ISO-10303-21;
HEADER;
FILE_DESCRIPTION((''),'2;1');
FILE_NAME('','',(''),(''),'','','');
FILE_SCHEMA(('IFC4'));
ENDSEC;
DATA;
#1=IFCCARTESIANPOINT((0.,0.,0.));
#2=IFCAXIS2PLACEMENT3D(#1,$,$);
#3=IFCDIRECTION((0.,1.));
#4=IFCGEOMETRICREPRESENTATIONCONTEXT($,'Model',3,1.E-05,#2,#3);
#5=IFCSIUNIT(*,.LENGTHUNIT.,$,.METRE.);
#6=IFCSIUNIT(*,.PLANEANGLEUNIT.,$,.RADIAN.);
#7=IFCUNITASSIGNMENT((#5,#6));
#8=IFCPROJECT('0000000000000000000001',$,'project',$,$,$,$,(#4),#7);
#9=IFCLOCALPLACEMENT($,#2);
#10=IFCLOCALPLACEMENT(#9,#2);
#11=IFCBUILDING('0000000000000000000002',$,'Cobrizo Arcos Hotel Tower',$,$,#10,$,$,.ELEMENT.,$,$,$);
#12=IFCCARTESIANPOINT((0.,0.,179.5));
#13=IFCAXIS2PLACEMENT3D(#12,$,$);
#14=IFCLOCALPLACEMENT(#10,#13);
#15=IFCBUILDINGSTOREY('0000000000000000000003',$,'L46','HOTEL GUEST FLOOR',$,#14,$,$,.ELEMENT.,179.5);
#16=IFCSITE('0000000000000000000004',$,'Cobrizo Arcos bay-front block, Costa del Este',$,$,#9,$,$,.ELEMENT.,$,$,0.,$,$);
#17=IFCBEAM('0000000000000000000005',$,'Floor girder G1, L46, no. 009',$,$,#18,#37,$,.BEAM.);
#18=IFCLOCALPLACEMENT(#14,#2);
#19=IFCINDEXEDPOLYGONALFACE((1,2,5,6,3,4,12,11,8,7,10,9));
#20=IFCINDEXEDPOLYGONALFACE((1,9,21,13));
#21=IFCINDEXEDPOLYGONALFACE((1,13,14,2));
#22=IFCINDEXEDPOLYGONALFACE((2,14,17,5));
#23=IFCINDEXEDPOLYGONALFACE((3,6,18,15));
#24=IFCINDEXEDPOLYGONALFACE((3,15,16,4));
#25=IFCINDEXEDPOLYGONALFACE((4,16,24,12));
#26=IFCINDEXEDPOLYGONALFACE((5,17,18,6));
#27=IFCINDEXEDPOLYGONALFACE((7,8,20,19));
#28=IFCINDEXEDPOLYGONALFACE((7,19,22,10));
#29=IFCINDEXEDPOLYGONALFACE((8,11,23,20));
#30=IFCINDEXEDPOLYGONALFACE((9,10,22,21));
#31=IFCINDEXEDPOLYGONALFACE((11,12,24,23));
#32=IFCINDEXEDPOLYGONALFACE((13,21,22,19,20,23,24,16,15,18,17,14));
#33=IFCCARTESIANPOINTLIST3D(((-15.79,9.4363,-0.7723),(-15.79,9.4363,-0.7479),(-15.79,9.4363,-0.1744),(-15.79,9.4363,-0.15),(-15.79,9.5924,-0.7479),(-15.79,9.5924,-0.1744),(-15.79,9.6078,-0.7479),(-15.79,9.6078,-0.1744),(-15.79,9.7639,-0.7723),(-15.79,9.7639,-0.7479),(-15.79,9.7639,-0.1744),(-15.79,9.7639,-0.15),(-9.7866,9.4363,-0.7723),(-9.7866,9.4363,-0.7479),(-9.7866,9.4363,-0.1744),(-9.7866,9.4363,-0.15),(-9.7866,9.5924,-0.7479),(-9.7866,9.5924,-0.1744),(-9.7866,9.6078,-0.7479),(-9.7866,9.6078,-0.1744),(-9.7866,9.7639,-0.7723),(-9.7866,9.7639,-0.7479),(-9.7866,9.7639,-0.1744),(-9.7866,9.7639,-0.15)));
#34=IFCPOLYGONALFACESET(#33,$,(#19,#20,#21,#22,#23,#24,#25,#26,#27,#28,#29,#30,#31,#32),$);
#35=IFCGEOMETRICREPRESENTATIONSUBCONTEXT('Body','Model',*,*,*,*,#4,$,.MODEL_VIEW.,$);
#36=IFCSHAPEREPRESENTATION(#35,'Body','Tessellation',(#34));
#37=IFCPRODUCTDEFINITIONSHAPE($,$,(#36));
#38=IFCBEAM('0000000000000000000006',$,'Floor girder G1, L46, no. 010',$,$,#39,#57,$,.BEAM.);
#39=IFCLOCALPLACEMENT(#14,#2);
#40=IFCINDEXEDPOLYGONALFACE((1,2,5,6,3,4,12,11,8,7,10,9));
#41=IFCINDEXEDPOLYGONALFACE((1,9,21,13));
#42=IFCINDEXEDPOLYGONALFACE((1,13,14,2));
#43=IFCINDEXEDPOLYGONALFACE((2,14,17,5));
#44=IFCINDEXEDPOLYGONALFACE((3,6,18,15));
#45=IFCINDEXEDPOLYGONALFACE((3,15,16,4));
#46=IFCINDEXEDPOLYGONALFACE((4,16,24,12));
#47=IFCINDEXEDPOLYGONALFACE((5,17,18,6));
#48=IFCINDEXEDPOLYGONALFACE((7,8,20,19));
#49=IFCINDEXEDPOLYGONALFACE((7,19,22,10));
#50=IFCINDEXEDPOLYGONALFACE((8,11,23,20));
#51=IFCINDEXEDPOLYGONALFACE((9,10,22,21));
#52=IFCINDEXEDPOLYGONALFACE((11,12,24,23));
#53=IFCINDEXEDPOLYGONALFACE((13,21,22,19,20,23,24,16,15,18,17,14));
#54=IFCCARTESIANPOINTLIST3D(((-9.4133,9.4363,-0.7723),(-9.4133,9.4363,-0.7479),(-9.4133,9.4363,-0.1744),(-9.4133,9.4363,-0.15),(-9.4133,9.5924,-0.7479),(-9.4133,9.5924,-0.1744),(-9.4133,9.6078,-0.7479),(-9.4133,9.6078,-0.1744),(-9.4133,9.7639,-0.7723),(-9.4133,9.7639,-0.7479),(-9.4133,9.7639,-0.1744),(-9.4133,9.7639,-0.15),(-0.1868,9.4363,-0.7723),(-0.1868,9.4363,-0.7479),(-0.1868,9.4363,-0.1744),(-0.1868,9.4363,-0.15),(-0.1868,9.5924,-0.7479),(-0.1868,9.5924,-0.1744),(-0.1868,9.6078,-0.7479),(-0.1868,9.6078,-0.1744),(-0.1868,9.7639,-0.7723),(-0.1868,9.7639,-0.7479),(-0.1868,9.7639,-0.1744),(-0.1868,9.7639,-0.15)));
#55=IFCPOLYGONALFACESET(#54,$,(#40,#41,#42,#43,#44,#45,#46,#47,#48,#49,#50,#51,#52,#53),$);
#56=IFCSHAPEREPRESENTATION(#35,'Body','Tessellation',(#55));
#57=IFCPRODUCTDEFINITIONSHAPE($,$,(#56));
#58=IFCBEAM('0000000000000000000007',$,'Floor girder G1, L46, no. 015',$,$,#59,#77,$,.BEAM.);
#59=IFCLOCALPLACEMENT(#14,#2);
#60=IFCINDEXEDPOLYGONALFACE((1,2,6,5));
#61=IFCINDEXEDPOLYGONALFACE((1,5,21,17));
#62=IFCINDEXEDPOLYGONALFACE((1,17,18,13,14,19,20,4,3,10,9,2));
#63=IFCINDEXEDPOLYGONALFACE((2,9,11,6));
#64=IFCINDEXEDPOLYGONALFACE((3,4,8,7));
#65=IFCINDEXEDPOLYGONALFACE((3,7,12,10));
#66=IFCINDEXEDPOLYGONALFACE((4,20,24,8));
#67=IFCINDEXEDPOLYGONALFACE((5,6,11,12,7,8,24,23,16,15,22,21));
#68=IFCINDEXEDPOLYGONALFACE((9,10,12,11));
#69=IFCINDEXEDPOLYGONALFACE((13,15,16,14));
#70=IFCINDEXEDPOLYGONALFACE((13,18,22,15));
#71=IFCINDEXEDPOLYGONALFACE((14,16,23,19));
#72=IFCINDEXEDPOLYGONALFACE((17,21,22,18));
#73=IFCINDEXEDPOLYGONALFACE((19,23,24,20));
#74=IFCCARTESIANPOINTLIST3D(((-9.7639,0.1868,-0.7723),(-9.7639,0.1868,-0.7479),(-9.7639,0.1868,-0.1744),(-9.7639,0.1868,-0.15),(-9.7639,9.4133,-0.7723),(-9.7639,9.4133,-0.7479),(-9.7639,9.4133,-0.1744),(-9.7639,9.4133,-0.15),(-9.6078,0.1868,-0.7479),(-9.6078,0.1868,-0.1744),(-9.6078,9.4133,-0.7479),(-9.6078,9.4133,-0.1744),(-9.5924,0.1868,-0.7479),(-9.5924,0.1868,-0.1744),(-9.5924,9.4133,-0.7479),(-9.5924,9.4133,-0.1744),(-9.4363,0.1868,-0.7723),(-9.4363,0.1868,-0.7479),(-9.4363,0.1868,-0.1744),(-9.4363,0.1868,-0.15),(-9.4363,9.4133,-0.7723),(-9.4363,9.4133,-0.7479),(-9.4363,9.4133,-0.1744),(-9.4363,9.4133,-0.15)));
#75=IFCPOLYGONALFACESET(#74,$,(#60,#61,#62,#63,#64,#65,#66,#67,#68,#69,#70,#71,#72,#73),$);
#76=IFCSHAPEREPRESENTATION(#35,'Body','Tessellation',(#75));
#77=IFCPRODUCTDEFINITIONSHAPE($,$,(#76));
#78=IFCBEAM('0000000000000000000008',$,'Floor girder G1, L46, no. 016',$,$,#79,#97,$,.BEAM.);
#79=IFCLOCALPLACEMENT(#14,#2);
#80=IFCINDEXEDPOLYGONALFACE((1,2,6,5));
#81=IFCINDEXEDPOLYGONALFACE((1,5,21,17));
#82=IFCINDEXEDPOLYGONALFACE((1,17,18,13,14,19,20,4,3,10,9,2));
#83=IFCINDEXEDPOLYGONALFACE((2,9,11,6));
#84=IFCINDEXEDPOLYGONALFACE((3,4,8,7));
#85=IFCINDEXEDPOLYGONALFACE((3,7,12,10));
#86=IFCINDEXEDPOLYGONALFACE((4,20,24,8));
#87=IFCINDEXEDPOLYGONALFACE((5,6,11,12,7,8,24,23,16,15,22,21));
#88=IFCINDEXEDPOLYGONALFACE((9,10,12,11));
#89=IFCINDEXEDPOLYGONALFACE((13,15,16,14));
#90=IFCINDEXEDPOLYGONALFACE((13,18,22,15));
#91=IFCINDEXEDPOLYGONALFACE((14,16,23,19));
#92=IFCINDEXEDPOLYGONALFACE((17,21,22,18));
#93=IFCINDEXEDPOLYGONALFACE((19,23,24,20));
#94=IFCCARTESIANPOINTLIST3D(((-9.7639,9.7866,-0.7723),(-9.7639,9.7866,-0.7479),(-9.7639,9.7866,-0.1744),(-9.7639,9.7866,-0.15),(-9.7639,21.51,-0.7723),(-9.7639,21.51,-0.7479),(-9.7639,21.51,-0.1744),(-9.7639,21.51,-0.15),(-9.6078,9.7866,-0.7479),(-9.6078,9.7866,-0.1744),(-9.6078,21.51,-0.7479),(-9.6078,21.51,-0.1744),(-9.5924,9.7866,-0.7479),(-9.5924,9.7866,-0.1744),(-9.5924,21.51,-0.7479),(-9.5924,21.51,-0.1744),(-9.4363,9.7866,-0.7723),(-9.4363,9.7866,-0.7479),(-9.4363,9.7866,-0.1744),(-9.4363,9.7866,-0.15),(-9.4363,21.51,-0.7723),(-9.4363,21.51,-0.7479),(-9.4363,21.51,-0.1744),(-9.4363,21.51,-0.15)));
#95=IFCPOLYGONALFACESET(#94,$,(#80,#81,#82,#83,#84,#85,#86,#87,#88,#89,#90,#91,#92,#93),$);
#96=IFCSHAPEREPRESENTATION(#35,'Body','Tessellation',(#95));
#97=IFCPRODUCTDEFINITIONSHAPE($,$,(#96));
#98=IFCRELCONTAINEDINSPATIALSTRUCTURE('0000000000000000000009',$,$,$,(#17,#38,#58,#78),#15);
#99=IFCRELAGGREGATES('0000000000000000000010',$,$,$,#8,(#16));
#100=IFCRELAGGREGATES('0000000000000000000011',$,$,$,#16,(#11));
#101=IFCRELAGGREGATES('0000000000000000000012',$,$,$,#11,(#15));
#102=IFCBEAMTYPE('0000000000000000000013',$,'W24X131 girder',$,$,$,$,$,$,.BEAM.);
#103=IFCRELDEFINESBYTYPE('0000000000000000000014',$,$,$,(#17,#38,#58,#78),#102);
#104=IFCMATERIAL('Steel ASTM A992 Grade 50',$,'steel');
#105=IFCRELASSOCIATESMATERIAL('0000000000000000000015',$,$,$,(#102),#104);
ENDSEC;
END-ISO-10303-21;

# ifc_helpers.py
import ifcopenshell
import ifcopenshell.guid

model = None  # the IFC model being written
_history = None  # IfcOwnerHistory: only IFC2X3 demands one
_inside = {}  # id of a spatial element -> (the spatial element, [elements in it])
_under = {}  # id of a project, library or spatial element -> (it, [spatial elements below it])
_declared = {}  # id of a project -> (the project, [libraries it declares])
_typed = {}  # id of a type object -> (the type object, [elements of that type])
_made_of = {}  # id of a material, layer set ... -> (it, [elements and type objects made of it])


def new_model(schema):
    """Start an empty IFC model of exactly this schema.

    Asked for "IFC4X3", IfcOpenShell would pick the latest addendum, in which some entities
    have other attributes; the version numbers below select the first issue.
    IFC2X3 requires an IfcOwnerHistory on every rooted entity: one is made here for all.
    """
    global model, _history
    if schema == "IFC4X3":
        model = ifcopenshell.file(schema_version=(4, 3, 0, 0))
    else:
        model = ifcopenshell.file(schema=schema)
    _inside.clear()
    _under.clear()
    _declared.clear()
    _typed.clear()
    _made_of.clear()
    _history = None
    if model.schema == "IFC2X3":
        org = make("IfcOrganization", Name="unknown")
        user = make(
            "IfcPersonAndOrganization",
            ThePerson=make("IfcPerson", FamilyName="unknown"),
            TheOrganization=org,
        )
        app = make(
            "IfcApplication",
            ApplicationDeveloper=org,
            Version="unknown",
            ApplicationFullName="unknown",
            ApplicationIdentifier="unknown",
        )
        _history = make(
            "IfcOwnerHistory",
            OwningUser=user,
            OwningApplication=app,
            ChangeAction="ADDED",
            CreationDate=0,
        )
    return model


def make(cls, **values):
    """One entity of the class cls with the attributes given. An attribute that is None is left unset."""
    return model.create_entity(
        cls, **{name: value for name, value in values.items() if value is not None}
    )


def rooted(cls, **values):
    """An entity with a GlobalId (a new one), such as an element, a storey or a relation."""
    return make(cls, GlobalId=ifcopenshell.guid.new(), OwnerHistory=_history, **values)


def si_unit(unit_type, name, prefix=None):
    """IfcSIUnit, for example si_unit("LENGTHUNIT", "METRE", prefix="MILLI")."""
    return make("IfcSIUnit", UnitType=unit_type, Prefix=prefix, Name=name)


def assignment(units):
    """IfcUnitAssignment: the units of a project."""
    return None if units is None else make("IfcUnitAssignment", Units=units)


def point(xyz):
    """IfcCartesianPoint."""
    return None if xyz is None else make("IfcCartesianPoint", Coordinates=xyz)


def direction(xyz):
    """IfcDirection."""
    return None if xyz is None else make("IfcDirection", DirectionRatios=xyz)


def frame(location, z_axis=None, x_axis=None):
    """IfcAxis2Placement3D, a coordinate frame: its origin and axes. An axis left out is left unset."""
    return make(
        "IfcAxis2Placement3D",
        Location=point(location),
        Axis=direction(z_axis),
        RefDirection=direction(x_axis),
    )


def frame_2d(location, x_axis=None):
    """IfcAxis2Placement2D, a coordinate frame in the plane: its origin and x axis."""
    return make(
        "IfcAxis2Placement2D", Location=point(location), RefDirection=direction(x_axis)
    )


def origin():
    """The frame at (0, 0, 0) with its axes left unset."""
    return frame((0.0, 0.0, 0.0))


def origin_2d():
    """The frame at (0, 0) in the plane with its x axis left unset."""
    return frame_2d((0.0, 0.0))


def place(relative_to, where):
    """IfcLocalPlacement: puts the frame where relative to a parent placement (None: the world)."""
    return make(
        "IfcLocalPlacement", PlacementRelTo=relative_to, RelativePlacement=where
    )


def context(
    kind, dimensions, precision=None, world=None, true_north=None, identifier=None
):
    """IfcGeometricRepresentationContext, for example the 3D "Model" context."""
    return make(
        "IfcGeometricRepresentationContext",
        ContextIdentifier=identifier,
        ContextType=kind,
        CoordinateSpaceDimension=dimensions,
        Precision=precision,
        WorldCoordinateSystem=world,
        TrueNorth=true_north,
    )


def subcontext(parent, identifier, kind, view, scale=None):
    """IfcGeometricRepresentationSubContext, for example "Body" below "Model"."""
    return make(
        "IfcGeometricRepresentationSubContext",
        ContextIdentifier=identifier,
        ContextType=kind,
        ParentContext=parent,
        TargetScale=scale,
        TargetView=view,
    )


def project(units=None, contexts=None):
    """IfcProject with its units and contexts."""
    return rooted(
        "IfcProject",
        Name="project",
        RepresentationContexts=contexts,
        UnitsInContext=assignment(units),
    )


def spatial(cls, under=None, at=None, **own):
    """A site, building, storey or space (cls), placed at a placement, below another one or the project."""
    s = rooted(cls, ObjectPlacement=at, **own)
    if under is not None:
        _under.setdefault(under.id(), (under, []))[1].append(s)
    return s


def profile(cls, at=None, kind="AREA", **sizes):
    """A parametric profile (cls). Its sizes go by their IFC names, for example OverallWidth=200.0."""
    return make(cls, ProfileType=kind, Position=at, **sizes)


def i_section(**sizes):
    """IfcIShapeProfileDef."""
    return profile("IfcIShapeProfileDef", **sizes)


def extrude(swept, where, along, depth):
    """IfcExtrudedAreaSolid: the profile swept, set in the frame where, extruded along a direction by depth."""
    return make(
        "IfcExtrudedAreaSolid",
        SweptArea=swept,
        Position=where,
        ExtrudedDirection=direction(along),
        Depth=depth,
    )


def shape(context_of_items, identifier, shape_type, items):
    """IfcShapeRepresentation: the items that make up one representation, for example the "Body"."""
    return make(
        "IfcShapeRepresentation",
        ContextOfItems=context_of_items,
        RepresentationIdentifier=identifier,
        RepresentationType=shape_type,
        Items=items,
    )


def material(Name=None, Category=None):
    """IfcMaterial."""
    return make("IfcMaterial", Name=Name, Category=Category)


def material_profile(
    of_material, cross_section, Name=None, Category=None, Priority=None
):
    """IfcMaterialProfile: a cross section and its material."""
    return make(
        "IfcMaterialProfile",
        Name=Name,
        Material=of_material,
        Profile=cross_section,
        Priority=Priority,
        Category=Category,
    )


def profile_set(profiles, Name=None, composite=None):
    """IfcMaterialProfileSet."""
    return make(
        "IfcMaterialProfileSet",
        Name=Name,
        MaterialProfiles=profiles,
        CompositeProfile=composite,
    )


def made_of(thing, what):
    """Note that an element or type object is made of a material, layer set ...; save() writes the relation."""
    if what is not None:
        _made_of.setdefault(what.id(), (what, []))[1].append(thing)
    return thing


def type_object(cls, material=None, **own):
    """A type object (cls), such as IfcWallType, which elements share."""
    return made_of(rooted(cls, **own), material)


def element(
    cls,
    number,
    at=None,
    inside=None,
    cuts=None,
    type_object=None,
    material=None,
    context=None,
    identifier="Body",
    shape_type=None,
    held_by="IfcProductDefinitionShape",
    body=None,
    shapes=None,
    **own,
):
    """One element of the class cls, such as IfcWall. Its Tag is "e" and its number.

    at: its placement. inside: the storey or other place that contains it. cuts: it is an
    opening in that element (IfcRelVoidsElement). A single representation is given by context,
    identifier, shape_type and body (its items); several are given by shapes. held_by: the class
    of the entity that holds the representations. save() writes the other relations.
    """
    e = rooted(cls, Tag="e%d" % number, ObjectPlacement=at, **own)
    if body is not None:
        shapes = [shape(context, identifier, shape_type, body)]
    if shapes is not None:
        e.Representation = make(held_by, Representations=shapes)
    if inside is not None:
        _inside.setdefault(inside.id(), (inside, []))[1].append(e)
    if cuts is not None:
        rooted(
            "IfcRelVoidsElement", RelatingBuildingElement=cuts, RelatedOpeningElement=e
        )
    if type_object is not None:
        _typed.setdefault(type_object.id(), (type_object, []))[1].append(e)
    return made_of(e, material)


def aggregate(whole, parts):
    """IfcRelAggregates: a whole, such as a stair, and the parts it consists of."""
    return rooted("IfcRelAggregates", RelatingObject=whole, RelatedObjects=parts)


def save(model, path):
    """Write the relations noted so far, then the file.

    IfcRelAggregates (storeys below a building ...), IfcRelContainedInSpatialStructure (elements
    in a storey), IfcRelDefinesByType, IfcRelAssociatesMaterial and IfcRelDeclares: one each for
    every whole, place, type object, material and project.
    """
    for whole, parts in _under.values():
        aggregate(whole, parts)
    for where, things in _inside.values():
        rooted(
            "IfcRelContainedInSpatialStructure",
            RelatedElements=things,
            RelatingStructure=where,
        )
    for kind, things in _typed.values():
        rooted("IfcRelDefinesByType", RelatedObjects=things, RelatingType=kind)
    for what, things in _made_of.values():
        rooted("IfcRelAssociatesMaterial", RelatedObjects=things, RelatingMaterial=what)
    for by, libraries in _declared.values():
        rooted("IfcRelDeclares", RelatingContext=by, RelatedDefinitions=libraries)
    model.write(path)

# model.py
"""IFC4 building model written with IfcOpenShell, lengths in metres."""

from ifc_helpers import new_model, si_unit, direction, frame, origin, origin_2d, place, context, subcontext, project, spatial, i_section, extrude, material, material_profile, profile_set, type_object, element, save


model = new_model("IFC4")

# Units and contexts
model_context = context("Model", 3, precision=1e-05, world=origin(), true_north=direction((0.0, 1.0)))
body_context = subcontext(model_context, "Body", "Model", "MODEL_VIEW")
ifc_project = project(units=[si_unit("LENGTHUNIT", "METRE"), si_unit("PLANEANGLEUNIT", "RADIAN")], contexts=[model_context])

# Site, building, storey
site_placement = place(None, origin())
site = spatial("IfcSite", under=ifc_project, at=site_placement, Name="Cobrizo Arcos bay-front block, Costa del Este", CompositionType="ELEMENT", RefElevation=0.0)
building_placement = place(site_placement, origin())
building = spatial("IfcBuilding", under=site, at=building_placement, Name="Cobrizo Arcos Hotel Tower", CompositionType="ELEMENT")
storey_placement = place(building_placement, frame((0.0, 0.0, 179.5)))
storey = spatial("IfcBuildingStorey", under=building, at=storey_placement, Name="L46", Description="HOTEL GUEST FLOOR", CompositionType="ELEMENT", Elevation=179.5)

# Shared definitions
ifc_material_1 = material(Name="Steel ASTM A992 Grade 50", Category="steel")

# Beams
ifc_material_profile_1 = material_profile(ifc_material_1, i_section(OverallWidth=0.3276, OverallDepth=0.6223, WebThickness=0.0154, FlangeThickness=0.0244, at=origin_2d()), Name="W24X131")
ifc_profile_set_1 = profile_set([ifc_material_profile_1], Name="Steel ASTM A992 Grade 50")
beam_type_1 = type_object("IfcBeamType", Name="W24X131 girder", PredefinedType="BEAM", material=ifc_profile_set_1)
beam_1_placement = place(storey_placement, frame((-15.79, 9.6001, -0.4612), z_axis=(1.0, 0.0, 0.0), x_axis=(0.0, 1.0, 0.0)))
element("IfcBeam", 1, at=beam_1_placement, inside=storey, type_object=beam_type_1, Name="Floor girder G1, L46, no. 009", PredefinedType="BEAM", context=body_context, shape_type="SweptSolid", body=[
    extrude(i_section(OverallWidth=0.3276, OverallDepth=0.6223, WebThickness=0.0154, FlangeThickness=0.0244, at=origin_2d()), origin(), (0.0, 0.0, 1.0), 6.0034),
])
for number, where, z_axis, x_axis, name in (
    (2, (-9.4133, 9.6001, -0.4612), (1.0, 0.0, 0.0), (0.0, 1.0, 0.0), "Floor girder G1, L46, no. 010"),
    (3, (-9.6001, 0.1868, -0.4612), (0.0, 1.0, 0.0), (-1.0, 0.0, 0.0), "Floor girder G1, L46, no. 015"),
):
    element("IfcBeam", number, at=place(storey_placement, frame(where, z_axis=z_axis, x_axis=x_axis)), inside=storey, type_object=beam_type_1, Name=name, PredefinedType="BEAM", context=body_context, shape_type="SweptSolid", body=[
        extrude(i_section(OverallWidth=0.3276, OverallDepth=0.6223, WebThickness=0.0154, FlangeThickness=0.0244, at=origin_2d()), origin(), (0.0, 0.0, 1.0), 9.2266),
    ])
beam_2_placement = place(storey_placement, frame((-9.6001, 9.7866, -0.4612), z_axis=(0.0, 1.0, 0.0), x_axis=(-1.0, 0.0, 0.0)))
element("IfcBeam", 4, at=beam_2_placement, inside=storey, type_object=beam_type_1, Name="Floor girder G1, L46, no. 016", PredefinedType="BEAM", context=body_context, shape_type="SweptSolid", body=[
    extrude(i_section(OverallWidth=0.3276, OverallDepth=0.6223, WebThickness=0.0154, FlangeThickness=0.0244, at=origin_2d()), origin(), (0.0, 0.0, 1.0), 11.7234),
])

save(model, "model.ifc")
